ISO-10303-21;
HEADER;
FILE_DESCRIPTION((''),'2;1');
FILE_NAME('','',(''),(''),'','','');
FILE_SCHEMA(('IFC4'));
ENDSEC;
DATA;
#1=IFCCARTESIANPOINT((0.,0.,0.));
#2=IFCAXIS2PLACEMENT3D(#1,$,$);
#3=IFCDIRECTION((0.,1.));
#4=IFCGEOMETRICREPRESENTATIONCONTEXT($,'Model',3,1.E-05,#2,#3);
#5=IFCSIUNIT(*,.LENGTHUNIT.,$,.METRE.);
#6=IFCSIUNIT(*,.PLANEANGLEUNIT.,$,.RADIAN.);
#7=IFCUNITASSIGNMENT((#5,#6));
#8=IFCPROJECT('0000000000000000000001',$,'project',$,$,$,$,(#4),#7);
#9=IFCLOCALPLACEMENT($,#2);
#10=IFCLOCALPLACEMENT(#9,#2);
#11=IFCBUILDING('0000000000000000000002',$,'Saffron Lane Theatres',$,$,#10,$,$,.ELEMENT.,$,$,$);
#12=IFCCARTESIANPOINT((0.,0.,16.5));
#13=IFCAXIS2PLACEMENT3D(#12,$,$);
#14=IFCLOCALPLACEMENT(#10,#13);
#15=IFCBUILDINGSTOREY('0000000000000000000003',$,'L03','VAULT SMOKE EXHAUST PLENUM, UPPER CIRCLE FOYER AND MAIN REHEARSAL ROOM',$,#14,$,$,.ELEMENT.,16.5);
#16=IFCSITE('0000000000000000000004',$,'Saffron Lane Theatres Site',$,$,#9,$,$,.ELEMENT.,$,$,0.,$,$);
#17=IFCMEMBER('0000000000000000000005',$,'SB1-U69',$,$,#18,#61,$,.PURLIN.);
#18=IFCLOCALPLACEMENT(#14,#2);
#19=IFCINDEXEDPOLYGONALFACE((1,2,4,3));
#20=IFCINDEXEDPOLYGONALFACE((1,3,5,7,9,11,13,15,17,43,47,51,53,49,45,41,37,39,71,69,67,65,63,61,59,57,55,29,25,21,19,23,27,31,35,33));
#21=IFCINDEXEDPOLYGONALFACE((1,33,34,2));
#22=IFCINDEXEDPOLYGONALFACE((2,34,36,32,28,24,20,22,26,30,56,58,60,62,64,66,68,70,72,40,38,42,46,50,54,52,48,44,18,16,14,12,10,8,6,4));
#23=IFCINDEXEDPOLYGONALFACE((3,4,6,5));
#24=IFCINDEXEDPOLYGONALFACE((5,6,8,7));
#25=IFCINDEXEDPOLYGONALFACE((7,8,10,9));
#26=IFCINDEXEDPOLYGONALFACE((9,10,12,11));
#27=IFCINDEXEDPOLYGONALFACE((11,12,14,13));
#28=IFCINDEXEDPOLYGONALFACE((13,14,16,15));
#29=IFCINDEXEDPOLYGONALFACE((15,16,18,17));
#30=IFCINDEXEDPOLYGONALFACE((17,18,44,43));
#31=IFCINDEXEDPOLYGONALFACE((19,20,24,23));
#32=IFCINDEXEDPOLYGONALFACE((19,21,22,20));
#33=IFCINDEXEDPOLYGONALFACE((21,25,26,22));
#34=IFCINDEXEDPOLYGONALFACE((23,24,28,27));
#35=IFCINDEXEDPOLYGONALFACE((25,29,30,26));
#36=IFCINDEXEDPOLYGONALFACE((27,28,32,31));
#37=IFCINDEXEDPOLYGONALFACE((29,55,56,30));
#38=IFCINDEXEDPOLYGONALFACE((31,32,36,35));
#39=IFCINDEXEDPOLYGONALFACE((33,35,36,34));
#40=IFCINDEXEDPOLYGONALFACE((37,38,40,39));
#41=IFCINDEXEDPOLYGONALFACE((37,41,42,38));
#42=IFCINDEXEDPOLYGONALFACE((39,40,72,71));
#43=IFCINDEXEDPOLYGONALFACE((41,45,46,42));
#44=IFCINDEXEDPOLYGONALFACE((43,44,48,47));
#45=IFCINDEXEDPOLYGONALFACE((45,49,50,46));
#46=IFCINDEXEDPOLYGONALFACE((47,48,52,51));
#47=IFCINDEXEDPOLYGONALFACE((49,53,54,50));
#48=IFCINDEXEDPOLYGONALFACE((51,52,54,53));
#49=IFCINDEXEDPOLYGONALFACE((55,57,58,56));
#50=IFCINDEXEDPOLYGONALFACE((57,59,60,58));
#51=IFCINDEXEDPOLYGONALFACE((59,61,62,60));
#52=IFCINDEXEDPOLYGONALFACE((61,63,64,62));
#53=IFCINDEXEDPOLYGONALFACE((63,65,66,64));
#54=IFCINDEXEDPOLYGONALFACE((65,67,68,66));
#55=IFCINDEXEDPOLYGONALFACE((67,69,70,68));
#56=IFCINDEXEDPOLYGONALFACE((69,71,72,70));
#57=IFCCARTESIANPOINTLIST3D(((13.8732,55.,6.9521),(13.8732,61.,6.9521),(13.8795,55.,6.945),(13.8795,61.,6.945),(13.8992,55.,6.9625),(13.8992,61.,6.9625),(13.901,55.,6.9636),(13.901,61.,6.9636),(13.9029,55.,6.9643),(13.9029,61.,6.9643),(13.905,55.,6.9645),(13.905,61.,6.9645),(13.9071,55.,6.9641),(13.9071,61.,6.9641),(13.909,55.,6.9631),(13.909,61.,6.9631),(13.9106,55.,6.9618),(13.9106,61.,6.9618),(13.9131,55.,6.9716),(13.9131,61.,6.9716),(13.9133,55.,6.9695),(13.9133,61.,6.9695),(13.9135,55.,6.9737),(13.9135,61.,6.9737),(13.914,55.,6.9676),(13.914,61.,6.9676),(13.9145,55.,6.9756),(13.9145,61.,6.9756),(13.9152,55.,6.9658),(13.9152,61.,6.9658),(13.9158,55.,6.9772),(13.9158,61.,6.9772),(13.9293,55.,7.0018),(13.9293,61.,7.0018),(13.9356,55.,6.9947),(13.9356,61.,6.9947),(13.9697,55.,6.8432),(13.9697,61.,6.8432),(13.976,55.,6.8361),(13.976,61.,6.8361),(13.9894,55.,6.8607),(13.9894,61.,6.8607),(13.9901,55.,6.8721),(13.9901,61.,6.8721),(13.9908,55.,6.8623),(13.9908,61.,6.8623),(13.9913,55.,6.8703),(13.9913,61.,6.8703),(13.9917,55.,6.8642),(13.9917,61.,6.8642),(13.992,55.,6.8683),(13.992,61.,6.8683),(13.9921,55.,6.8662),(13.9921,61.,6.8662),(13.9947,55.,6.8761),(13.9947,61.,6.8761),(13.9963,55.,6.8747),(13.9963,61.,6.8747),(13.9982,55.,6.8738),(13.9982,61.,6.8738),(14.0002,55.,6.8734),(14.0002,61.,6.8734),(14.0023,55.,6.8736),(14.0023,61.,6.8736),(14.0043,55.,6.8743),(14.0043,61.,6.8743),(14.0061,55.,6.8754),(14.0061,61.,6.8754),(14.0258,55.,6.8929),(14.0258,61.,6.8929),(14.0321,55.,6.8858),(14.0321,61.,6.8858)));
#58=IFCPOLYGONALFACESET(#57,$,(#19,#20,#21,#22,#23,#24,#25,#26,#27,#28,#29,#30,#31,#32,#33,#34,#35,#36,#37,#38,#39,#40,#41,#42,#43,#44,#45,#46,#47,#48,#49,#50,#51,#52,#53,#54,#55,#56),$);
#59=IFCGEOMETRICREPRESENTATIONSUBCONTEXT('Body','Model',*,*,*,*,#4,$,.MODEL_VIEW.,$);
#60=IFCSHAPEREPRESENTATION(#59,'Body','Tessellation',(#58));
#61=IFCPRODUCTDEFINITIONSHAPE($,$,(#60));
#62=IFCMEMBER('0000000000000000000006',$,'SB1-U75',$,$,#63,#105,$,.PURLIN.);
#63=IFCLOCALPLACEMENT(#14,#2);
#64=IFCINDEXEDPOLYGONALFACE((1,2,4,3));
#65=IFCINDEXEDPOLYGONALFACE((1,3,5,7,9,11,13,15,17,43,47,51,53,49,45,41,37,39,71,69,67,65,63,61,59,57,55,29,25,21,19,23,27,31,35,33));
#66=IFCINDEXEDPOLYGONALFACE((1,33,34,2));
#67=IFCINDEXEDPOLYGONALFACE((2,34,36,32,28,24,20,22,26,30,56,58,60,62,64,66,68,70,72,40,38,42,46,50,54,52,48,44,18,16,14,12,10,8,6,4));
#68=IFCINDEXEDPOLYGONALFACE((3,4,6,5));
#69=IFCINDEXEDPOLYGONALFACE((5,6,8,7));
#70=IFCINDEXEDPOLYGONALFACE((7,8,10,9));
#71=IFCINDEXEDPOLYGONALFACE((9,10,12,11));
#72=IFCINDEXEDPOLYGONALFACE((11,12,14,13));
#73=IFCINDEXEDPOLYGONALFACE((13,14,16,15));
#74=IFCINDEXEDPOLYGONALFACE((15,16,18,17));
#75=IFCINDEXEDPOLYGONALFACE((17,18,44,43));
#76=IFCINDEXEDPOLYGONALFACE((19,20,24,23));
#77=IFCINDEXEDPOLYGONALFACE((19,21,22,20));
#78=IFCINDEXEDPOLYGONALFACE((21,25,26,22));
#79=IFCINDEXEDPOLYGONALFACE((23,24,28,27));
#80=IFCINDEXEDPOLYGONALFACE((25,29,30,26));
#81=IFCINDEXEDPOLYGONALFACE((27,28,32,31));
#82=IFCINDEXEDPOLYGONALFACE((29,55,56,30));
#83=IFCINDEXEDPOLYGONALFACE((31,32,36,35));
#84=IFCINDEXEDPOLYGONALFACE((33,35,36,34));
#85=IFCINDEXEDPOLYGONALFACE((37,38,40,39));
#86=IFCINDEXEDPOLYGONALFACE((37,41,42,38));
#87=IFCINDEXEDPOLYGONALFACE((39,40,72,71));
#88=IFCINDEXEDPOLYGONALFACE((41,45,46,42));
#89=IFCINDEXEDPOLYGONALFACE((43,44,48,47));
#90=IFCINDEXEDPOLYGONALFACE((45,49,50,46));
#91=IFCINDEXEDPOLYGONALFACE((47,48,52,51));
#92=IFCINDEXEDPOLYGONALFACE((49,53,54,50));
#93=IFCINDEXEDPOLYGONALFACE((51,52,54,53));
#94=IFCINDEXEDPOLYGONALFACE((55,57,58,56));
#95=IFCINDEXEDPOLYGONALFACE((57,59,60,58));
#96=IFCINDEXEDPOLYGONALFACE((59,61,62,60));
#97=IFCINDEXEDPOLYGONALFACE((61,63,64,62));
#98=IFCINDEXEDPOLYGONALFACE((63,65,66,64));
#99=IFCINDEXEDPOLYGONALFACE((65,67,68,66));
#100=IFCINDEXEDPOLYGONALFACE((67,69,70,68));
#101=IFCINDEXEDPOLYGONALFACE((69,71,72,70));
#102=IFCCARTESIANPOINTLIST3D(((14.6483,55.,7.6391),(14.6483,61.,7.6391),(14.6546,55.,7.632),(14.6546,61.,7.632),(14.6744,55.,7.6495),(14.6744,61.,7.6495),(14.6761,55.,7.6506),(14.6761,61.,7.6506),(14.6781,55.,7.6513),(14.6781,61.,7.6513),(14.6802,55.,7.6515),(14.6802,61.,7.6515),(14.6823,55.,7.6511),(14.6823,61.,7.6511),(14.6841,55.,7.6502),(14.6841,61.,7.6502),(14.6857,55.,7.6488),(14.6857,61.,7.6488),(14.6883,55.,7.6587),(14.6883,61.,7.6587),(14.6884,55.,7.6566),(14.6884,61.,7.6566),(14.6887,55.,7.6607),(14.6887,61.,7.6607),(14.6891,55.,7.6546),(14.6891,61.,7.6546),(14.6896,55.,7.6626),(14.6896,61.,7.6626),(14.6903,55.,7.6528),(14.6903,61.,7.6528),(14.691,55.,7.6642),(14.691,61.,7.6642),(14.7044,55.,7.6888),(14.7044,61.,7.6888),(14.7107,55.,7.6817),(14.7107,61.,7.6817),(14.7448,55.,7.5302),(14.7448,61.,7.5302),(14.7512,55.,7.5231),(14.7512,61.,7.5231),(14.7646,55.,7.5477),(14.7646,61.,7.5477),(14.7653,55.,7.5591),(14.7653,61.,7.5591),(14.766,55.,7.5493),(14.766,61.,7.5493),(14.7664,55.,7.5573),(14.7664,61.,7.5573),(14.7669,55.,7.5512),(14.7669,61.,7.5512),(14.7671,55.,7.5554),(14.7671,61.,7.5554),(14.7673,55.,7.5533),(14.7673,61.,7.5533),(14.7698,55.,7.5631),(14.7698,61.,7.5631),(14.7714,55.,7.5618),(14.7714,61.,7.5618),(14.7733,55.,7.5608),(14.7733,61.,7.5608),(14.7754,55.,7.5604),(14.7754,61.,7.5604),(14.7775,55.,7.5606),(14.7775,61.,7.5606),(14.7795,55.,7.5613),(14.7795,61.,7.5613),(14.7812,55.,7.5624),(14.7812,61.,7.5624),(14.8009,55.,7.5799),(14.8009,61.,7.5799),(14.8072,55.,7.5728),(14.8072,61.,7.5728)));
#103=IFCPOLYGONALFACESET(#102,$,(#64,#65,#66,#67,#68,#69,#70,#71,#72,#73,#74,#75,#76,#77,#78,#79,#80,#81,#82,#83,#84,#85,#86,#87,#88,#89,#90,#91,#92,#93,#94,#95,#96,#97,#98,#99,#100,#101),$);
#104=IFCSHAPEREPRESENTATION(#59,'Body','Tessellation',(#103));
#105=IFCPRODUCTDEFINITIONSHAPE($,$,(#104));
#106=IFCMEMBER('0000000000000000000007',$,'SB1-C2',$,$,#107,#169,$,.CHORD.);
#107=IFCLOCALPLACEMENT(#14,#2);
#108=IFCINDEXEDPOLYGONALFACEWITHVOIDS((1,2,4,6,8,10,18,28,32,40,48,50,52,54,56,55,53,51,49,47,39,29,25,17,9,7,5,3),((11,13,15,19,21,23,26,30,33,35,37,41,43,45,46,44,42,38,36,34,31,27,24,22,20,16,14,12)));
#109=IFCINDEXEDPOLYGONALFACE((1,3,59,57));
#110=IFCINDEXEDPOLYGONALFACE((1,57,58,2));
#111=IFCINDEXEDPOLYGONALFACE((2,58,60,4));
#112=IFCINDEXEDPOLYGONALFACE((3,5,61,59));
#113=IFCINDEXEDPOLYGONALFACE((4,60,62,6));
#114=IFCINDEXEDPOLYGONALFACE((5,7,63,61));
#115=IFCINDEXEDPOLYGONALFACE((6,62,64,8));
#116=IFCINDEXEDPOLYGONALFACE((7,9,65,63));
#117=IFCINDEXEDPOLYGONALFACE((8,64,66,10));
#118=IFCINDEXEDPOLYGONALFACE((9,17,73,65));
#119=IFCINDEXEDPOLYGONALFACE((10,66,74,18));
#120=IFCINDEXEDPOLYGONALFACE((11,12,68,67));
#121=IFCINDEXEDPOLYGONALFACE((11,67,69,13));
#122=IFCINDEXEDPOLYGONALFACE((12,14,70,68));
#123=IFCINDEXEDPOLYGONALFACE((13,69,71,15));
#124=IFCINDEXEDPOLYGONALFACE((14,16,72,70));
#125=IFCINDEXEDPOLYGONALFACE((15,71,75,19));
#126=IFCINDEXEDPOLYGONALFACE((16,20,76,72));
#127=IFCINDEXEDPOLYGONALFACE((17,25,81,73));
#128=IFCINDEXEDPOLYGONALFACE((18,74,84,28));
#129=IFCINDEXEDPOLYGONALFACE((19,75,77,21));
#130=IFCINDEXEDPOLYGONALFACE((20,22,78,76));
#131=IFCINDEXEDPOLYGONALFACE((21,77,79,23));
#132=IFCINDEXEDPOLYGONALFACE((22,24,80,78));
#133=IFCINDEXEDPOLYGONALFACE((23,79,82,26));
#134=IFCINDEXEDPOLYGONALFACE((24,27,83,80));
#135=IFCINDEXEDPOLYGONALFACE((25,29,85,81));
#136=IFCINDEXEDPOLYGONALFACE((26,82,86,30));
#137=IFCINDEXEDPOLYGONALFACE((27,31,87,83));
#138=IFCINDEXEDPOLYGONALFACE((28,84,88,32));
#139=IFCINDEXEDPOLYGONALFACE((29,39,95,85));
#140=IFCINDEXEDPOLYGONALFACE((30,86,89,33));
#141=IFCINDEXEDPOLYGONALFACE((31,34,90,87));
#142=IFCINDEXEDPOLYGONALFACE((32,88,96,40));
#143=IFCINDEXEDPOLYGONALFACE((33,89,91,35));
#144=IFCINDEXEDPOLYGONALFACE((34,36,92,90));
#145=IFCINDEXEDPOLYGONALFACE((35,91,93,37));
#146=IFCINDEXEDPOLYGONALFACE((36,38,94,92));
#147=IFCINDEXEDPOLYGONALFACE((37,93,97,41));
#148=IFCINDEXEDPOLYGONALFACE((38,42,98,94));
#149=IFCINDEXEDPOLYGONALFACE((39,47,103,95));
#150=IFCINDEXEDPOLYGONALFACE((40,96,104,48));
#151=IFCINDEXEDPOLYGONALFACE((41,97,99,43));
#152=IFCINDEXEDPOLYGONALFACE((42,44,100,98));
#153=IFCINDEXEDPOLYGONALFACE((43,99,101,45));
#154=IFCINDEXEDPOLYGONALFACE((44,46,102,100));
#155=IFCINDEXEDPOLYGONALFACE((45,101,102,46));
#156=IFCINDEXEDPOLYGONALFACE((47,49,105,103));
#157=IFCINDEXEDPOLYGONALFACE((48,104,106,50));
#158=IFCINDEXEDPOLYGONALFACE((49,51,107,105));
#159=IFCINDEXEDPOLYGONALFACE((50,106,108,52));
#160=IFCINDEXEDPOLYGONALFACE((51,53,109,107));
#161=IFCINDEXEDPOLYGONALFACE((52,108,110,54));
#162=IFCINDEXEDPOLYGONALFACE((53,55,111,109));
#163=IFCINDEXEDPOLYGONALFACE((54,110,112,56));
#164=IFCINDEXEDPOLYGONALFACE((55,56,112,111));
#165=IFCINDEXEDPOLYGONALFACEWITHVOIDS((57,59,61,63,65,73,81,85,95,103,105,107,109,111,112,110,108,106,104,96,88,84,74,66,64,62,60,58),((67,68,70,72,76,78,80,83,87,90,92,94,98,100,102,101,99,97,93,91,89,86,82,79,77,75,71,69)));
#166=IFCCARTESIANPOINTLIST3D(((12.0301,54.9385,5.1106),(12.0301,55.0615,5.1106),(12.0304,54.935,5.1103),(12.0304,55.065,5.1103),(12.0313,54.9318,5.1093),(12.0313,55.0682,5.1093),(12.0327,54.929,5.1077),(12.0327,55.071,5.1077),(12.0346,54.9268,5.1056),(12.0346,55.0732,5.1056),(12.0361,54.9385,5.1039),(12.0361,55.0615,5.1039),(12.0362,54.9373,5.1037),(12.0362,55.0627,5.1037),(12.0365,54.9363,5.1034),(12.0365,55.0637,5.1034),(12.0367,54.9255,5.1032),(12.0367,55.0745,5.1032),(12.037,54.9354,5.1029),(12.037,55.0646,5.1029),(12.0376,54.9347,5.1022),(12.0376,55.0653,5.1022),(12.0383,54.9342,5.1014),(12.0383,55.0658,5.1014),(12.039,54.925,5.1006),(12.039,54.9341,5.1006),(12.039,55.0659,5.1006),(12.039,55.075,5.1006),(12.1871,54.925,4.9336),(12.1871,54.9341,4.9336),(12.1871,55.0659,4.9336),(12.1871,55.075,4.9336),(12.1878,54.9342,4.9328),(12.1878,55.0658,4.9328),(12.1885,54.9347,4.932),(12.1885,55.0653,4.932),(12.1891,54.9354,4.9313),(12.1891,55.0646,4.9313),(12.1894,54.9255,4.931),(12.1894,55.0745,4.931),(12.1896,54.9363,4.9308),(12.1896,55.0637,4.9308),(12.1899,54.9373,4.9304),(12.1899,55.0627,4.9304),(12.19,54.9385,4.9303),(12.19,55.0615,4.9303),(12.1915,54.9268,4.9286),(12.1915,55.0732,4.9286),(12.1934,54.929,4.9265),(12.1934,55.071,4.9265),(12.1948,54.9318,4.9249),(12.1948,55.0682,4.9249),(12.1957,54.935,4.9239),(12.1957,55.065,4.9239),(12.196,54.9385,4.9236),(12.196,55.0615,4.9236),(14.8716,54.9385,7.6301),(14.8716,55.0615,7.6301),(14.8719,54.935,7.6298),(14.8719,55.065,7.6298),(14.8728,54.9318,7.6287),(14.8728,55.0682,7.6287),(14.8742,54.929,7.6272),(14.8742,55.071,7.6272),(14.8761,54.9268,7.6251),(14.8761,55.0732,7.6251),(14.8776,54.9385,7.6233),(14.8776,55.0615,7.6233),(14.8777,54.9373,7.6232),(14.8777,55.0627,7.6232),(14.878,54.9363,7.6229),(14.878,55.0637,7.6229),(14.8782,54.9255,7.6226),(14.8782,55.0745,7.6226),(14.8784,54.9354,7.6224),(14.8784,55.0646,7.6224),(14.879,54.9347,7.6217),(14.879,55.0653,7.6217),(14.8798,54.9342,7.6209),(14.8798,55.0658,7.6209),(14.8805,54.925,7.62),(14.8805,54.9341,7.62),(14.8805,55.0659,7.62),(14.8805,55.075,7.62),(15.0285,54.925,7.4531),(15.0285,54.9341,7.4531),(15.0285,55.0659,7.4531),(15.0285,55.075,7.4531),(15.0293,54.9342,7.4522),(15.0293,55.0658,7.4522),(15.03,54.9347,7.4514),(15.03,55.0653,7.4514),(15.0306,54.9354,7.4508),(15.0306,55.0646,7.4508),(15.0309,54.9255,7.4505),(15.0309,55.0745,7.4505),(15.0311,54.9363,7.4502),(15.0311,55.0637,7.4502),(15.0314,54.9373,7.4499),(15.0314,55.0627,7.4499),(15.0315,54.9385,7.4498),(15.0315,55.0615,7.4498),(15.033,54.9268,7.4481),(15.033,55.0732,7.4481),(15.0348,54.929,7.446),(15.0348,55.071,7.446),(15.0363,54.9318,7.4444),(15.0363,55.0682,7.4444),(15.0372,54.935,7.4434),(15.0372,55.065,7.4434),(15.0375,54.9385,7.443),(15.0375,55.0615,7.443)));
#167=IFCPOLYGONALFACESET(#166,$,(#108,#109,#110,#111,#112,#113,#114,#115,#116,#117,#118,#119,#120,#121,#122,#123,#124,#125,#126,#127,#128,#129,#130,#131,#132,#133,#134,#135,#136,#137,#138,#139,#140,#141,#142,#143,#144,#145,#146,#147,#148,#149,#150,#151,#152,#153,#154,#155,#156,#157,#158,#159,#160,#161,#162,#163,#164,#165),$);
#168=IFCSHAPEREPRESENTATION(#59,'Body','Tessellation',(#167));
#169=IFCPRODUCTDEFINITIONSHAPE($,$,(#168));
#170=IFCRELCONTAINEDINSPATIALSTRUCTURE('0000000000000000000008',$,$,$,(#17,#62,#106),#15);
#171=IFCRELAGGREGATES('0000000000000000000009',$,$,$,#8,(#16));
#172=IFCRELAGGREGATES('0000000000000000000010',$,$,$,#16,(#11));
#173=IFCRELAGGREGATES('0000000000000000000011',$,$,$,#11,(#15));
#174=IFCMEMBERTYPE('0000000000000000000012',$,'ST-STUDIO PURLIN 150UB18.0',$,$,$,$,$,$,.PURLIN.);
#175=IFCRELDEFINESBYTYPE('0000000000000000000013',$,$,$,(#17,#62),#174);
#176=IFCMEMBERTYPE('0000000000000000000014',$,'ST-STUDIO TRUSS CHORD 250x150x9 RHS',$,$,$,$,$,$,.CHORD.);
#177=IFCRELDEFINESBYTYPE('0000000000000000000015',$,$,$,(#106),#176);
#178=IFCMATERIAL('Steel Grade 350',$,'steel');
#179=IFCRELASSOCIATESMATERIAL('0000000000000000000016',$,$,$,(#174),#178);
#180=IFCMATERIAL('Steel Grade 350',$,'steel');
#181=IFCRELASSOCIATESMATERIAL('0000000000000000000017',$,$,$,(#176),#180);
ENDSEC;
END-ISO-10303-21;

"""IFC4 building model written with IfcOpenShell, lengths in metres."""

from ifc_helpers import new_model, si_unit, direction, frame, origin, origin_2d, place, context, subcontext, project, spatial, hollow_rectangle, i_section, extrude, material, material_profile, profile_set, type_object, element, save


model = new_model("IFC4")

# Units and contexts
model_context = context("Model", 3, precision=1e-05, world=origin(), true_north=direction((0.0, 1.0)))
body_context = subcontext(model_context, "Body", "Model", "MODEL_VIEW")
ifc_project = project(units=[si_unit("LENGTHUNIT", "METRE"), si_unit("PLANEANGLEUNIT", "RADIAN")], contexts=[model_context])

# Site, building, storey
site_placement = place(None, origin())
site = spatial("IfcSite", under=ifc_project, at=site_placement, Name="Saffron Lane Theatres Site", CompositionType="ELEMENT", RefElevation=0.0)
building_placement = place(site_placement, origin())
building = spatial("IfcBuilding", under=site, at=building_placement, Name="Saffron Lane Theatres", CompositionType="ELEMENT")
storey_placement = place(building_placement, frame((0.0, 0.0, 16.5)))
storey = spatial("IfcBuildingStorey", under=building, at=storey_placement, Name="L03", Description="VAULT SMOKE EXHAUST PLENUM, UPPER CIRCLE FOYER AND MAIN REHEARSAL ROOM", CompositionType="ELEMENT", Elevation=16.5)

# Members
ifc_material_1 = material(Name="Steel Grade 350", Category="steel")
ifc_material_profile_1 = material_profile(ifc_material_1, i_section(OverallWidth=0.075, OverallDepth=0.155, WebThickness=0.0061, FlangeThickness=0.0095, FilletRadius=0.0081, at=origin_2d()))
ifc_profile_set_1 = profile_set([ifc_material_profile_1], Name="Steel Grade 350")
member_type_1 = type_object("IfcMemberType", Name="ST-STUDIO PURLIN 150UB18.0", PredefinedType="PURLIN", material=ifc_profile_set_1)
for number, where, z_axis, x_axis, name in (
    (1, (13.9526, 55.0, 6.9189), (0.0, 1.0, 0.0), (-0.748269, 0.0, -0.663396), "SB1-U69"),
    (2, (14.7278, 55.0, 7.606), (0.0, 1.0, 0.0), (-0.748269, 0.0, -0.663396), "SB1-U75"),
):
    element("IfcMember", number, at=place(storey_placement, frame(where, z_axis=z_axis, x_axis=x_axis)), inside=storey, type_object=member_type_1, Name=name, PredefinedType="PURLIN", context=body_context, shape_type="SweptSolid", body=[
        extrude(i_section(OverallWidth=0.075, OverallDepth=0.155, WebThickness=0.0061, FlangeThickness=0.0095, FilletRadius=0.0081, at=origin_2d()), origin(), (0.0, 0.0, 1.0), 6.0),
    ])
ifc_material_2 = material(Name="Steel Grade 350", Category="steel")
ifc_material_profile_2 = material_profile(ifc_material_2, hollow_rectangle(XDim=0.1499, YDim=0.25, WallThickness=0.009, InnerFilletRadius=0.0044, OuterFilletRadius=0.0134, at=origin_2d()))
ifc_profile_set_2 = profile_set([ifc_material_profile_2], Name="Steel Grade 350")
member_type_2 = type_object("IfcMemberType", Name="ST-STUDIO TRUSS CHORD 250x150x9 RHS", PredefinedType="CHORD", material=ifc_profile_set_2)
for number, where, z_axis, x_axis, name in (
    (3, (12.113, 55.0, 5.0171), (0.748232, 0.0, 0.663438), (0.0, 1.0, 0.0), "SB1-C2"),
):
    element("IfcMember", number, at=place(storey_placement, frame(where, z_axis=z_axis, x_axis=x_axis)), inside=storey, type_object=member_type_2, Name=name, PredefinedType="CHORD", context=body_context, shape_type="SweptSolid", body=[
        extrude(hollow_rectangle(XDim=0.1499, YDim=0.25, WallThickness=0.009, InnerFilletRadius=0.0044, OuterFilletRadius=0.0134, at=origin_2d()), origin(), (0.0, 0.0, 1.0), 3.7976),
    ])

save(model, "model.ifc")
